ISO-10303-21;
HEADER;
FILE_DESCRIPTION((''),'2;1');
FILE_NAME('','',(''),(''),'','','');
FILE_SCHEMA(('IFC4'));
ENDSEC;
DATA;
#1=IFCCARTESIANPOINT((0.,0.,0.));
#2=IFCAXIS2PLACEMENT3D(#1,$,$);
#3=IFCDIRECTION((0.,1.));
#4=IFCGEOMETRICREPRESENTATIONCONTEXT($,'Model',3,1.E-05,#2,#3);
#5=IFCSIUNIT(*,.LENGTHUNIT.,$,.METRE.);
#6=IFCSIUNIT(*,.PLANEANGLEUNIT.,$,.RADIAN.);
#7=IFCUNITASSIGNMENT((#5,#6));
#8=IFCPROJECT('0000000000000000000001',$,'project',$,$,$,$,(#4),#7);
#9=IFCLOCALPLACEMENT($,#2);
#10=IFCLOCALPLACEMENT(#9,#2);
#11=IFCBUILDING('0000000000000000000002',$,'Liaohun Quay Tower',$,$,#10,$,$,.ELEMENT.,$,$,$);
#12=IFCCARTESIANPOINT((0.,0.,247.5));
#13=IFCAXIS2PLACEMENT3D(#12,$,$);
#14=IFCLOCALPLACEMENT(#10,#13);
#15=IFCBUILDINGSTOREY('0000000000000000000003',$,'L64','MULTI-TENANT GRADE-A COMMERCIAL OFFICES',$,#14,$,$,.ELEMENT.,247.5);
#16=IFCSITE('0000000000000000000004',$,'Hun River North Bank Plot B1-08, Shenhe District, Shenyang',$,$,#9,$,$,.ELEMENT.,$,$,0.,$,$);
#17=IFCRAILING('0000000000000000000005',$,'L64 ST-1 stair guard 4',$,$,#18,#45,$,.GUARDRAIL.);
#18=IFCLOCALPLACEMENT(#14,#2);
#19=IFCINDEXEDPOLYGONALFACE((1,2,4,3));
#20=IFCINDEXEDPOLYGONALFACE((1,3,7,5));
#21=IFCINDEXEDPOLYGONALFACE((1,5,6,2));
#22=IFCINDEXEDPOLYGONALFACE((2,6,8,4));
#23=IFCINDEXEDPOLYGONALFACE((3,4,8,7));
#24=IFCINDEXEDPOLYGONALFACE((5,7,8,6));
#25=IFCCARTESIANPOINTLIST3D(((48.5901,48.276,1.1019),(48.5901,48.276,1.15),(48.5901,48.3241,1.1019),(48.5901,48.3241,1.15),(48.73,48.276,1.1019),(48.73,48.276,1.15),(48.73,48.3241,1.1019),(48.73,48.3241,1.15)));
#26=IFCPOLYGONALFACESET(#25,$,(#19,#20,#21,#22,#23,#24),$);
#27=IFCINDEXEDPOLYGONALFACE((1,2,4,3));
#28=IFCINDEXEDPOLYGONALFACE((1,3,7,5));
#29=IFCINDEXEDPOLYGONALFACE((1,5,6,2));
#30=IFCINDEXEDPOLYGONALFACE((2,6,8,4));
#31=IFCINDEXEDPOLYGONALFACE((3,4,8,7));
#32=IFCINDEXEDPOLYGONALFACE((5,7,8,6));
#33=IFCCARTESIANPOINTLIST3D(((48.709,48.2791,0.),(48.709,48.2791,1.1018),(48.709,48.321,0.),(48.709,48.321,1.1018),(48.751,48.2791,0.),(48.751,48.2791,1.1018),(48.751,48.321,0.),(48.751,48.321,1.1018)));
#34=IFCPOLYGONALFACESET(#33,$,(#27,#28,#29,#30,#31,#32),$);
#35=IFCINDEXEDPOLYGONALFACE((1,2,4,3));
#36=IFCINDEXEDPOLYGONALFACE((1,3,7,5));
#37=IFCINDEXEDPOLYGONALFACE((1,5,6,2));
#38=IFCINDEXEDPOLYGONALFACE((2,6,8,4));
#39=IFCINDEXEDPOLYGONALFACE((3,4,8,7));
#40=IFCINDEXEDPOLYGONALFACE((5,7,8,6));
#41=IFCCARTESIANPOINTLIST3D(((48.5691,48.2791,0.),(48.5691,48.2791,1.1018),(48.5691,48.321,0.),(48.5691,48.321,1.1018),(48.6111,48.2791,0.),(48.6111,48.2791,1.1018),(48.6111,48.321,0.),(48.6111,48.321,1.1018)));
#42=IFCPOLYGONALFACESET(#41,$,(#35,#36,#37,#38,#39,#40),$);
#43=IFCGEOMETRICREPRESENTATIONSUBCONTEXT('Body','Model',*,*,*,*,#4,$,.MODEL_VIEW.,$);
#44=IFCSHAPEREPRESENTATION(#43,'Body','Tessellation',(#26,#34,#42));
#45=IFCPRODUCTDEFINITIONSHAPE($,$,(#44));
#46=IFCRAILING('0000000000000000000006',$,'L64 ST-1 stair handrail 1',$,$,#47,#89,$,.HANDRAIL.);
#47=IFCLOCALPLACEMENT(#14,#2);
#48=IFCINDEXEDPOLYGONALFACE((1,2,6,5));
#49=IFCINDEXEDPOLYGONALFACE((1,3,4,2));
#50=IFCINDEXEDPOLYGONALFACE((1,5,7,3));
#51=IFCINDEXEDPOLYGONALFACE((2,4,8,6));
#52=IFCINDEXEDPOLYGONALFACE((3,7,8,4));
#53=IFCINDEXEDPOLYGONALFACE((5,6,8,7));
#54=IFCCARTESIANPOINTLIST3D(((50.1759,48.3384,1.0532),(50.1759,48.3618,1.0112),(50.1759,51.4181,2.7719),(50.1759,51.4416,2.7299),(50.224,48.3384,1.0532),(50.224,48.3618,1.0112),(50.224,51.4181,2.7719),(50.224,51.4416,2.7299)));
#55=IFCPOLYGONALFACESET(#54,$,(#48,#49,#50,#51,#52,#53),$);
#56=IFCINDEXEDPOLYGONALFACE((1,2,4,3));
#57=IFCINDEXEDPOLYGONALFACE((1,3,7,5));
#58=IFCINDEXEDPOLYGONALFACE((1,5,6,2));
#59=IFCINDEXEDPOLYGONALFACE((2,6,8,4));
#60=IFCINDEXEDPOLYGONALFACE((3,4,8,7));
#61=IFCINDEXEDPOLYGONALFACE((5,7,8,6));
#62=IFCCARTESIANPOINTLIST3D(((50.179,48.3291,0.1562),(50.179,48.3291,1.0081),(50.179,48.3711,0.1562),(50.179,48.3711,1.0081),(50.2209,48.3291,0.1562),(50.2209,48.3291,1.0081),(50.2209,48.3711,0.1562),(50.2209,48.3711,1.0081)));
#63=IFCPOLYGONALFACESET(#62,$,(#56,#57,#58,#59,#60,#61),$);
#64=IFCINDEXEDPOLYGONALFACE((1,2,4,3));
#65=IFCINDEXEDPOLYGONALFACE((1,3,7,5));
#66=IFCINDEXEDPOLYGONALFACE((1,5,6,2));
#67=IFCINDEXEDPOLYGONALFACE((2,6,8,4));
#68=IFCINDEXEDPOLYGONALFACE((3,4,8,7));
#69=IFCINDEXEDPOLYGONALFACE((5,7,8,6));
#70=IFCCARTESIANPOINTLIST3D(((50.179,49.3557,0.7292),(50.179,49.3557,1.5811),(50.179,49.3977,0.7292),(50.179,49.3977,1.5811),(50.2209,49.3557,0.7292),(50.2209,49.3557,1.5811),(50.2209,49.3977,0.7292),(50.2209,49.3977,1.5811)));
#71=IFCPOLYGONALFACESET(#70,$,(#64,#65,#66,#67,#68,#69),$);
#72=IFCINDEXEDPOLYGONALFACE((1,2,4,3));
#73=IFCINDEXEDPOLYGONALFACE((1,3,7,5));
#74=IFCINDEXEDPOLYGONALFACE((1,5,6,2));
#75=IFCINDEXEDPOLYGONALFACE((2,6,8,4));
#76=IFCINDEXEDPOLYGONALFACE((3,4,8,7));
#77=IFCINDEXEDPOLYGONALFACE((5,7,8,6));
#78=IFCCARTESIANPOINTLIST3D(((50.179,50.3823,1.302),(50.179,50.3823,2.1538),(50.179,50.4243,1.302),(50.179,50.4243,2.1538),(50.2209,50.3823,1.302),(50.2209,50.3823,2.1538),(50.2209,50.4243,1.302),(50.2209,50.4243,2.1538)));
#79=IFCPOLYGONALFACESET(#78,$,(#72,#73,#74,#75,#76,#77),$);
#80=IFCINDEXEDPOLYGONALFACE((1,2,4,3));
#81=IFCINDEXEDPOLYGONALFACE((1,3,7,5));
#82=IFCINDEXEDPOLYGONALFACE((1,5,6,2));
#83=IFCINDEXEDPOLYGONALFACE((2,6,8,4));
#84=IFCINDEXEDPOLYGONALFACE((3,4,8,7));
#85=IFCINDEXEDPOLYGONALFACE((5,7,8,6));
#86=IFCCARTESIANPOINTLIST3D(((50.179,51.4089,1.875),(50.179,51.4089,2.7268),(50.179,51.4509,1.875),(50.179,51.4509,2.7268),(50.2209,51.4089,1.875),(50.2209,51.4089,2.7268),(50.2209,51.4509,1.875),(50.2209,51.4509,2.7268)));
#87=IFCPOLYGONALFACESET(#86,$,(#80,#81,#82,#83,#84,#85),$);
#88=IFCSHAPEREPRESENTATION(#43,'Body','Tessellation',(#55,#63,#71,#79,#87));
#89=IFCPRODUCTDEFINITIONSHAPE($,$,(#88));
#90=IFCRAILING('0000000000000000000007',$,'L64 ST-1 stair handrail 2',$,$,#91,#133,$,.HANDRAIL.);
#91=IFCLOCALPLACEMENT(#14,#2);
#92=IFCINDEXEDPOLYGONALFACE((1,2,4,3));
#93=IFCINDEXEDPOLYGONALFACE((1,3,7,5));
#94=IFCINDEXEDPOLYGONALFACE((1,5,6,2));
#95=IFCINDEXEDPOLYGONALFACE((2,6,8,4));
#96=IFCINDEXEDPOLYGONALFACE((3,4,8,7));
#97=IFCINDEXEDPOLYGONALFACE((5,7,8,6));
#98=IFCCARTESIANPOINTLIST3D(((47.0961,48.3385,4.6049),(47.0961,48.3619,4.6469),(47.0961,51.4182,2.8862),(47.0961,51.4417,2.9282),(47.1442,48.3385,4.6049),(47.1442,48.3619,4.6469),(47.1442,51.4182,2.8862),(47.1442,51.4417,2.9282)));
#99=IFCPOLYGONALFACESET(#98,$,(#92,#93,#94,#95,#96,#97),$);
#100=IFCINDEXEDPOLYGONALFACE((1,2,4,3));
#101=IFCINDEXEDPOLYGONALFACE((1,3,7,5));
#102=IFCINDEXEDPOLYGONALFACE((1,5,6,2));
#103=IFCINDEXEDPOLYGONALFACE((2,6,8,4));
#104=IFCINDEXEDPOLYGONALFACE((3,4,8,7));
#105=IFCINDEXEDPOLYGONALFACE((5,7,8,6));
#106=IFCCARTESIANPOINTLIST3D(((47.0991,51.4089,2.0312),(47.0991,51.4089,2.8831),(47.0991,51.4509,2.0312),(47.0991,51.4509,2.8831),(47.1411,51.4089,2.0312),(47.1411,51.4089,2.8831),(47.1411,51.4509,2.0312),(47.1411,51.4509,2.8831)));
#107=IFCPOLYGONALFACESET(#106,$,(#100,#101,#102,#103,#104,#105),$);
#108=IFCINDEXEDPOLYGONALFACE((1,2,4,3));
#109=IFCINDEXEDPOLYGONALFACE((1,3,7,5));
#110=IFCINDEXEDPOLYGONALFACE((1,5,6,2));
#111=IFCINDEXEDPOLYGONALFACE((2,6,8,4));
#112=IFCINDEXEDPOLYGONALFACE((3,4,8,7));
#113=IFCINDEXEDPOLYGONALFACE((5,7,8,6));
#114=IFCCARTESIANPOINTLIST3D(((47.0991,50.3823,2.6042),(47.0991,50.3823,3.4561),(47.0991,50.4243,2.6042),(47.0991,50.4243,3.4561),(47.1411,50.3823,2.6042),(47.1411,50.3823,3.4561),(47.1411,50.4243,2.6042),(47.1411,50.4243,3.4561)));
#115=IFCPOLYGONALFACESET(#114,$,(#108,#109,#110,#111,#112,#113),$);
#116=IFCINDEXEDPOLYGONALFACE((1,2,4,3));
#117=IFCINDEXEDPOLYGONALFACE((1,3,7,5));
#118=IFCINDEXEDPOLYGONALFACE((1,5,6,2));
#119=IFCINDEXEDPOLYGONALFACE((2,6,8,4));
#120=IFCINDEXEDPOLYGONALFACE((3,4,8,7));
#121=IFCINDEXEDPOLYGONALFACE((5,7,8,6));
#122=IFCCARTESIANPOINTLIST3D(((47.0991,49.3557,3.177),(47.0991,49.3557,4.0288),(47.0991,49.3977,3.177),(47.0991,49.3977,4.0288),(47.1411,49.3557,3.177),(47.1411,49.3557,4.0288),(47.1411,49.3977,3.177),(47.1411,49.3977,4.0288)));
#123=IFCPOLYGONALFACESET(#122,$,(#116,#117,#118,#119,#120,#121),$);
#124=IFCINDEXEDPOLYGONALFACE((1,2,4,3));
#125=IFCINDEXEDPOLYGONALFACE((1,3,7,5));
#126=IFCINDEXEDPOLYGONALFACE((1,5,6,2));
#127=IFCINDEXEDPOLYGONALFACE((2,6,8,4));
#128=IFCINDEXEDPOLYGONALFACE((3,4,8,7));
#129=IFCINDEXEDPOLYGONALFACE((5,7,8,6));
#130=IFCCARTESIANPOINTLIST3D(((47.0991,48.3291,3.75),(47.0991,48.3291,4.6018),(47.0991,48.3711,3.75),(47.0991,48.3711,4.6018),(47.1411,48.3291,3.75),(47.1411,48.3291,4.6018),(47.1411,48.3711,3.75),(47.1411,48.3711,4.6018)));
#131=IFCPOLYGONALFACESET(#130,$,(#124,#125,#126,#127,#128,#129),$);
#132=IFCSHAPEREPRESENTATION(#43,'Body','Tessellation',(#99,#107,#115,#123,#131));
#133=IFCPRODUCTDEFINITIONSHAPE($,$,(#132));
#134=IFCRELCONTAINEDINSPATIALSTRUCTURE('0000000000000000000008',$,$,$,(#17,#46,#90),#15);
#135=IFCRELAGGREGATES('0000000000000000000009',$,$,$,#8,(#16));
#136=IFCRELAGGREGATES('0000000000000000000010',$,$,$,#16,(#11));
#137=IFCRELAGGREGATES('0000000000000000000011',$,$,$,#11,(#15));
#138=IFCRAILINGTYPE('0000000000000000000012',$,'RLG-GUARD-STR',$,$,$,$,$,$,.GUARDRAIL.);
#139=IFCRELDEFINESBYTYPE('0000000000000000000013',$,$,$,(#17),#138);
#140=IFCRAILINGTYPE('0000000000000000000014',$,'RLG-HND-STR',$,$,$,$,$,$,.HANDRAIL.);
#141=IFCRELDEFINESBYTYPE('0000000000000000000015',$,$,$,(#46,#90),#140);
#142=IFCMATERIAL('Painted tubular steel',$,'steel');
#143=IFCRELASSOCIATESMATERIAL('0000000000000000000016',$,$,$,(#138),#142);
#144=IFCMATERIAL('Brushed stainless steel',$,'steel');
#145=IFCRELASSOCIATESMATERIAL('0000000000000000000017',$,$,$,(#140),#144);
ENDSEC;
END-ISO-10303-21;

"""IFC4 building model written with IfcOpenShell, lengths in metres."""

from ifc_helpers import new_model, si_unit, direction, frame, origin, origin_2d, place, context, subcontext, project, spatial, rectangle, extrude, material, type_object, element, save


model = new_model("IFC4")

# Units and contexts
model_context = context("Model", 3, precision=1e-05, world=origin(), true_north=direction((0.0, 1.0)))
body_context = subcontext(model_context, "Body", "Model", "MODEL_VIEW")
ifc_project = project(units=[si_unit("LENGTHUNIT", "METRE"), si_unit("PLANEANGLEUNIT", "RADIAN")], contexts=[model_context])

# Site, building, storey
site_placement = place(None, origin())
site = spatial("IfcSite", under=ifc_project, at=site_placement, Name="Hun River North Bank Plot B1-08, Shenhe District, Shenyang", CompositionType="ELEMENT", RefElevation=0.0)
building_placement = place(site_placement, origin())
building = spatial("IfcBuilding", under=site, at=building_placement, Name="Liaohun Quay Tower", CompositionType="ELEMENT")
storey_placement = place(building_placement, frame((0.0, 0.0, 247.5)))
storey = spatial("IfcBuildingStorey", under=building, at=storey_placement, Name="L64", Description="MULTI-TENANT GRADE-A COMMERCIAL OFFICES", CompositionType="ELEMENT", Elevation=247.5)

# Railings
ifc_material_1 = material(Name="Painted tubular steel", Category="steel")
railing_type_1 = type_object("IfcRailingType", Name="RLG-GUARD-STR", PredefinedType="GUARDRAIL", material=ifc_material_1)
railing_1_placement = place(storey_placement, frame((48.73, 48.3, 0.0)))
element("IfcRailing", 1, at=railing_1_placement, inside=storey, type_object=railing_type_1, Name="L64 ST-1 stair guard 4", PredefinedType="GUARDRAIL", context=body_context, shape_type="SweptSolid", body=[
    extrude(rectangle(XDim=0.0481, YDim=0.0481, at=origin_2d()), frame((0.0, 0.0, 1.126), z_axis=(-1.0, 0.0, 0.0), x_axis=(0.0, -1.0, 0.0)), (0.0, 0.0, 1.0), 0.1399),
    extrude(rectangle(XDim=0.042, YDim=0.042, at=origin_2d()), origin(), (0.0, 0.0, 1.0), 1.1018),
    extrude(rectangle(XDim=0.042, YDim=0.042, at=origin_2d()), frame((-0.1399, 0.0, 0.0)), (0.0, 0.0, 1.0), 1.1018),
])
ifc_material_2 = material(Name="Brushed stainless steel", Category="steel")
railing_type_2 = type_object("IfcRailingType", Name="RLG-HND-STR", PredefinedType="HANDRAIL", material=ifc_material_2)
railing_2_placement = place(storey_placement, frame((50.2, 48.3501, 0.1562)))
element("IfcRailing", 2, at=railing_2_placement, inside=storey, type_object=railing_type_2, Name="L64 ST-1 stair handrail 1", PredefinedType="HANDRAIL", context=body_context, shape_type="SweptSolid", body=[
    extrude(rectangle(XDim=0.0481, YDim=0.0481, at=origin_2d()), frame((0.0, 0.0, 0.876), z_axis=(0.0, 0.873225, 0.487317), x_axis=(-1.0, 0.0, 0.0)), (0.0, 0.0, 1.0), 3.5269),
    extrude(rectangle(XDim=0.042, YDim=0.042, at=origin_2d()), origin(), (0.0, 0.0, 1.0), 0.8518),
    extrude(rectangle(XDim=0.042, YDim=0.042, at=origin_2d()), frame((0.0, 1.0266, 0.573)), (0.0, 0.0, 1.0), 0.8518),
    extrude(rectangle(XDim=0.042, YDim=0.042, at=origin_2d()), frame((0.0, 2.0532, 1.1458)), (0.0, 0.0, 1.0), 0.8518),
    extrude(rectangle(XDim=0.042, YDim=0.042, at=origin_2d()), frame((0.0, 3.0798, 1.7188)), (0.0, 0.0, 1.0), 0.8518),
])
railing_3_placement = place(storey_placement, frame((47.1201, 51.4299, 2.0312)))
element("IfcRailing", 3, at=railing_3_placement, inside=storey, type_object=railing_type_2, Name="L64 ST-1 stair handrail 2", PredefinedType="HANDRAIL", context=body_context, shape_type="SweptSolid", body=[
    extrude(rectangle(XDim=0.0481, YDim=0.0481, at=origin_2d()), frame((0.0, 0.0, 0.876), z_axis=(0.0, -0.873225, 0.487317), x_axis=(1.0, 0.0, 0.0)), (0.0, 0.0, 1.0), 3.5269),
    extrude(rectangle(XDim=0.042, YDim=0.042, at=origin_2d()), origin(), (0.0, 0.0, 1.0), 0.8518),
    extrude(rectangle(XDim=0.042, YDim=0.042, at=origin_2d()), frame((0.0, -1.0266, 0.573)), (0.0, 0.0, 1.0), 0.8518),
    extrude(rectangle(XDim=0.042, YDim=0.042, at=origin_2d()), frame((0.0, -2.0532, 1.1458)), (0.0, 0.0, 1.0), 0.8518),
    extrude(rectangle(XDim=0.042, YDim=0.042, at=origin_2d()), frame((0.0, -3.0798, 1.7188)), (0.0, 0.0, 1.0), 0.8518),
])

save(model, "model.ifc")
